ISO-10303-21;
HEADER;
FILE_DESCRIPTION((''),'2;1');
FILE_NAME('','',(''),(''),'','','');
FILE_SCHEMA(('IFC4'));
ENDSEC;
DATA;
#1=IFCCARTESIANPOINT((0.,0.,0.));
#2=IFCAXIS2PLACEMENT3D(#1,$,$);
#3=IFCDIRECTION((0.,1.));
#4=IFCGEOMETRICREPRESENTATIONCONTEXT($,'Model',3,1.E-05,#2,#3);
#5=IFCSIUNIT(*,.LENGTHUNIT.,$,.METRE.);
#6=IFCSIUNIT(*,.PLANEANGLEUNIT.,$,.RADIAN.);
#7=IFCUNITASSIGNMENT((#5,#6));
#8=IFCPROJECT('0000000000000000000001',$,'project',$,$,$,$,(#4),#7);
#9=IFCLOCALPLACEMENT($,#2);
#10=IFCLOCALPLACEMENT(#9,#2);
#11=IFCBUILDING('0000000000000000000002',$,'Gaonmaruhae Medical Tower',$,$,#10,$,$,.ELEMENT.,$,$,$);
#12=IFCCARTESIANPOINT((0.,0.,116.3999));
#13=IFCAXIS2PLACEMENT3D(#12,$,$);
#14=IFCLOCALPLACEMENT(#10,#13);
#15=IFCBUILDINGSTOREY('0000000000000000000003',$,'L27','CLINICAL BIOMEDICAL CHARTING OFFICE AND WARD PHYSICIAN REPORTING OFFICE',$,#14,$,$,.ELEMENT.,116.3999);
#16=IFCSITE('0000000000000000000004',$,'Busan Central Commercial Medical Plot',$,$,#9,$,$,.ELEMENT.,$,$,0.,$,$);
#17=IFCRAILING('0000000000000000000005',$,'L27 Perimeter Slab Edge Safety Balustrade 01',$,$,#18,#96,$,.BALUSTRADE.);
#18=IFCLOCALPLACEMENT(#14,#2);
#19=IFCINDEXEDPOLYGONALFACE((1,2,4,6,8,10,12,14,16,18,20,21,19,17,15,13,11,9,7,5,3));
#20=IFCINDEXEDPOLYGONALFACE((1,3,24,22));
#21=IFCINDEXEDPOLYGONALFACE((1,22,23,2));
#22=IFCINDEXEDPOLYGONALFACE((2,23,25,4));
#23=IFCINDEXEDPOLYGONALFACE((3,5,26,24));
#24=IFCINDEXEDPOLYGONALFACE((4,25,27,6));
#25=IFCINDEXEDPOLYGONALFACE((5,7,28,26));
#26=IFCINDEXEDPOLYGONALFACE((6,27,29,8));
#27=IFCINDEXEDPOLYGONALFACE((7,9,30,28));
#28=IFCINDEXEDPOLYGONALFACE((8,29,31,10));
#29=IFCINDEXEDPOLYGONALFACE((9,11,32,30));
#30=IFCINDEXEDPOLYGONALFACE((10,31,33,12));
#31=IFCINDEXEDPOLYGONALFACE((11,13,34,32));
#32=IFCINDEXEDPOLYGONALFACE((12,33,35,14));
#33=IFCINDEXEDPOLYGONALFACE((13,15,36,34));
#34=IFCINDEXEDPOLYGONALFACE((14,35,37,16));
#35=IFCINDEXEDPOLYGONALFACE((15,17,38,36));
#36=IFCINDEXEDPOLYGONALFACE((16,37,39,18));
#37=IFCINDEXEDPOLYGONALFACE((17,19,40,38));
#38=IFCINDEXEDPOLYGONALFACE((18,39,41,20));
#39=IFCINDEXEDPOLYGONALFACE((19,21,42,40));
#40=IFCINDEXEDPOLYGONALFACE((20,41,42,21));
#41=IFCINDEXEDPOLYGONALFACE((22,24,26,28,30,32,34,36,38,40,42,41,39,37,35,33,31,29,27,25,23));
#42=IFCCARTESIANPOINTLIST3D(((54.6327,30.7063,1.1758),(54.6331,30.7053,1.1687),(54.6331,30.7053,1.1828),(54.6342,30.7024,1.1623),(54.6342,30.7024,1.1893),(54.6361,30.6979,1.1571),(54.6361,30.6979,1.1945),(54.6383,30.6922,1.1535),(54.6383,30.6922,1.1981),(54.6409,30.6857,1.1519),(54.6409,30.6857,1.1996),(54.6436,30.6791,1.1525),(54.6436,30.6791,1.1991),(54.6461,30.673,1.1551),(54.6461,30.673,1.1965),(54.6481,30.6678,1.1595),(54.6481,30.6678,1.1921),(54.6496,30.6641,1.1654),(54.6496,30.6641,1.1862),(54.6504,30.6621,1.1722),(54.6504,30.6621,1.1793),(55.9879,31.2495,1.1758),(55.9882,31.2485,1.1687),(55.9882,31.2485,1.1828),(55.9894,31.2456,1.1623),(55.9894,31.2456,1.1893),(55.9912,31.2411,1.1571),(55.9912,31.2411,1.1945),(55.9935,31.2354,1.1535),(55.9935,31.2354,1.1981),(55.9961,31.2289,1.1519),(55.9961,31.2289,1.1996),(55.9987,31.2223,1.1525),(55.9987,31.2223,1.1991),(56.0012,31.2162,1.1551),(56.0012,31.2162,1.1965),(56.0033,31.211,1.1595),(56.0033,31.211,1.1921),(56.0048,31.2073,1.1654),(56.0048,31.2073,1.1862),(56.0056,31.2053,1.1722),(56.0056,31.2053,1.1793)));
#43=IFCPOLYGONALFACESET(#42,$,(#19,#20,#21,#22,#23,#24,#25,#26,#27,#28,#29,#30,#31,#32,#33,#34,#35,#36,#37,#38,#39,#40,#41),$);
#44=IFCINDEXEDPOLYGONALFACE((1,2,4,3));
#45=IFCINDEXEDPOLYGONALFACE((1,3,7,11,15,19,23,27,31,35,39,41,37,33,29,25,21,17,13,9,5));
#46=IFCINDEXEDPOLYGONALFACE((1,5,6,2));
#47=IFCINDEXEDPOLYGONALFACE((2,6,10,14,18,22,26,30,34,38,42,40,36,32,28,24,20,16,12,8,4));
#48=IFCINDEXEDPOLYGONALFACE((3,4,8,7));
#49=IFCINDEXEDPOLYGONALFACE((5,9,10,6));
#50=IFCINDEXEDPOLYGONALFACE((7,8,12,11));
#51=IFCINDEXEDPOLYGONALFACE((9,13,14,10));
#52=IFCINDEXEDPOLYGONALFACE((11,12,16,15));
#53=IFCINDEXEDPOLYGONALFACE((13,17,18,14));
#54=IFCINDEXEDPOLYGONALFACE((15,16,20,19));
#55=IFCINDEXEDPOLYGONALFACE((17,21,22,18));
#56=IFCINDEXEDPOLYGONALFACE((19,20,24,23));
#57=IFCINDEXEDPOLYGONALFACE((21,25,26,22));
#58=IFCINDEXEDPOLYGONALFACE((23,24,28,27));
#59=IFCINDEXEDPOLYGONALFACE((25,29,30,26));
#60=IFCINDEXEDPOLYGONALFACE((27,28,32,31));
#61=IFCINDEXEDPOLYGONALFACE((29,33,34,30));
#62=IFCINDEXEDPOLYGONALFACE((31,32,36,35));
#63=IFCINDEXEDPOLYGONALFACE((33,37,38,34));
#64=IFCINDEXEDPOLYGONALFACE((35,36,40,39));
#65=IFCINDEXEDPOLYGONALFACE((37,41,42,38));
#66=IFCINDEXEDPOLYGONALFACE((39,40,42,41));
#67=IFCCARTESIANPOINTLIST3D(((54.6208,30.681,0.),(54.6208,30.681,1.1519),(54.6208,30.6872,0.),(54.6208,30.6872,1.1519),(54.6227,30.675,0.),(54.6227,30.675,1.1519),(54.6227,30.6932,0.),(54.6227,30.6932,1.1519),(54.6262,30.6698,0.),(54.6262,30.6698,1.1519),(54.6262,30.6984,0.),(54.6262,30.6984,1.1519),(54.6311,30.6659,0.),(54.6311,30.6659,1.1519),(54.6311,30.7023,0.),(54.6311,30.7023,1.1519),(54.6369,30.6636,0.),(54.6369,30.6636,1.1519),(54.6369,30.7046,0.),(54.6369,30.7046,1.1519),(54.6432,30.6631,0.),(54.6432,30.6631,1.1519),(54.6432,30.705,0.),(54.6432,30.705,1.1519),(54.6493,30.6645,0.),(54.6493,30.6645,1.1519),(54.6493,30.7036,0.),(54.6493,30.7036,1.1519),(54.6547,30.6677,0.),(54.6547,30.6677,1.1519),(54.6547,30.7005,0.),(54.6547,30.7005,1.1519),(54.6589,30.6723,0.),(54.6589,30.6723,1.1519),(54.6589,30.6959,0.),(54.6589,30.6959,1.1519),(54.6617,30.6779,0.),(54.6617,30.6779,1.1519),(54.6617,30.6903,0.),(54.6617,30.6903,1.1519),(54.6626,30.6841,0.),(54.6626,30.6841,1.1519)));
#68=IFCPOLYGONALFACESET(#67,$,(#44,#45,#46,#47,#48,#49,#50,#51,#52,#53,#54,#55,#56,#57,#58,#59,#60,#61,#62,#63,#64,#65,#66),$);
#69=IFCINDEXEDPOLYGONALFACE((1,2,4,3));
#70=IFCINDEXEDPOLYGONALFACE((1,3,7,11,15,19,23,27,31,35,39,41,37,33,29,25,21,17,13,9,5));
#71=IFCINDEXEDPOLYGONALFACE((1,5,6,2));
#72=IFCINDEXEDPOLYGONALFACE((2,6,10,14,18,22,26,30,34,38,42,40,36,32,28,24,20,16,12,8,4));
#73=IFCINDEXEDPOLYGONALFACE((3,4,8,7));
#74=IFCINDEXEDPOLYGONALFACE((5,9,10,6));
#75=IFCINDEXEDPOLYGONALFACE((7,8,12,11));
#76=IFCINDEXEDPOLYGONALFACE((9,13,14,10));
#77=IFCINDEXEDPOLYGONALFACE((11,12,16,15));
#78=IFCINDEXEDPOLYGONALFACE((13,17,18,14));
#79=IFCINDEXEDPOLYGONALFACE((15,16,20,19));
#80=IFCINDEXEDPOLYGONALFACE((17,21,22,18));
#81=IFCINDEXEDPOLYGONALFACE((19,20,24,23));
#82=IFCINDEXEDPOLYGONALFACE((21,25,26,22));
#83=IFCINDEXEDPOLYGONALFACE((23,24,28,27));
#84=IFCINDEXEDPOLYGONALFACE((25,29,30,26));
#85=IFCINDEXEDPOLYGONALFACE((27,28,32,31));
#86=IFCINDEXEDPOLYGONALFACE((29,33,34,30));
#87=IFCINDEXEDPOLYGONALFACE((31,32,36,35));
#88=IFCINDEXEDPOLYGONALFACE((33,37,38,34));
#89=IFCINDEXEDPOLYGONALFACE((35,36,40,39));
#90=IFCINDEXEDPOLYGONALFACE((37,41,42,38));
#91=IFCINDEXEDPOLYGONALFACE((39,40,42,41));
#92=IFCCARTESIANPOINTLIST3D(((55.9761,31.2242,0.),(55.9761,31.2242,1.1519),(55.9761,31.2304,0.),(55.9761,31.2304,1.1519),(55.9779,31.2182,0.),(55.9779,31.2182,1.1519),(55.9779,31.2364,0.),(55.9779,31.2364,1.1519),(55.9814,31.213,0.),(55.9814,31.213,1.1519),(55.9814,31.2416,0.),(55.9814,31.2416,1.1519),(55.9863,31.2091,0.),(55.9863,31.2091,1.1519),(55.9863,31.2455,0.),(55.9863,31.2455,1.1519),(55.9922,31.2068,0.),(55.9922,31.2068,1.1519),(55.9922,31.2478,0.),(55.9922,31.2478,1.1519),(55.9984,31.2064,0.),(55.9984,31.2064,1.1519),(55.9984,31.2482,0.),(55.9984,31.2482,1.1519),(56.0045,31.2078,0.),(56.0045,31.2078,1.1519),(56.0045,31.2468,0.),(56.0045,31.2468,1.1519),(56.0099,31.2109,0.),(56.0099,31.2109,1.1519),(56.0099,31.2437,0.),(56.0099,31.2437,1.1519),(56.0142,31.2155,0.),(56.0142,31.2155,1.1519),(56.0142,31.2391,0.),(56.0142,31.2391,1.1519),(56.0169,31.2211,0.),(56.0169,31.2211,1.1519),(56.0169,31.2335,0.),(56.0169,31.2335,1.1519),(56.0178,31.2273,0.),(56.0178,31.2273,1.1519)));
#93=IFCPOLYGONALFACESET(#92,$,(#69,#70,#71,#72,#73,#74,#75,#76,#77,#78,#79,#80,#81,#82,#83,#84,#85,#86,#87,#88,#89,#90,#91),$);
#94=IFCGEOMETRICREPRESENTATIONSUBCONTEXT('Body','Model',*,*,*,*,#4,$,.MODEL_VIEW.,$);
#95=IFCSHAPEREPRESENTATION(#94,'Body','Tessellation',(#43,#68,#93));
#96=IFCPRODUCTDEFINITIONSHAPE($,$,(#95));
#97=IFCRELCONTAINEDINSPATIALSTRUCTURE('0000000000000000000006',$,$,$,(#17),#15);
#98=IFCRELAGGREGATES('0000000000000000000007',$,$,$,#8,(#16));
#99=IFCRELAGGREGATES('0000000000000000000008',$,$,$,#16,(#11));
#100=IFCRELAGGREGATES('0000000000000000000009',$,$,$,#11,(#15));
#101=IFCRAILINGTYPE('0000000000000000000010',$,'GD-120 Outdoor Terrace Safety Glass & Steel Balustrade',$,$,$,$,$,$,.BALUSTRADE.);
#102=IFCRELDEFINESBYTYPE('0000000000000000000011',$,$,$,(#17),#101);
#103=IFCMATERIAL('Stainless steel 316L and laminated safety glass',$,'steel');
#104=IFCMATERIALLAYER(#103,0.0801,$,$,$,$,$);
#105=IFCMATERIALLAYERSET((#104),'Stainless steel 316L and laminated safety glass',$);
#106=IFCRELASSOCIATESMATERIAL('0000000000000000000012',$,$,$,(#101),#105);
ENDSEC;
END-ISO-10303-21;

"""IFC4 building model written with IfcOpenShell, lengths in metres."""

from ifc_helpers import new_model, si_unit, direction, frame, origin, origin_2d, place, context, subcontext, project, spatial, circle, extrude, material, layer, layer_set, type_object, element, save


model = new_model("IFC4")

# Units and contexts
model_context = context("Model", 3, precision=1e-05, world=origin(), true_north=direction((0.0, 1.0)))
body_context = subcontext(model_context, "Body", "Model", "MODEL_VIEW")
ifc_project = project(units=[si_unit("LENGTHUNIT", "METRE"), si_unit("PLANEANGLEUNIT", "RADIAN")], contexts=[model_context])

# Site, building, storey
site_placement = place(None, origin())
site = spatial("IfcSite", under=ifc_project, at=site_placement, Name="Busan Central Commercial Medical Plot", CompositionType="ELEMENT", RefElevation=0.0)
building_placement = place(site_placement, origin())
building = spatial("IfcBuilding", under=site, at=building_placement, Name="Gaonmaruhae Medical Tower", CompositionType="ELEMENT")
storey_placement = place(building_placement, frame((0.0, 0.0, 116.3999)))
storey = spatial("IfcBuildingStorey", under=building, at=storey_placement, Name="L27", Description="CLINICAL BIOMEDICAL CHARTING OFFICE AND WARD PHYSICIAN REPORTING OFFICE", CompositionType="ELEMENT", Elevation=116.3999)

# Railing
ifc_material_1 = material(Name="Stainless steel 316L and laminated safety glass", Category="steel")
ifc_layer_1 = layer(ifc_material_1, 0.0801)
ifc_layer_set_1 = layer_set([ifc_layer_1], Name="Stainless steel 316L and laminated safety glass")
railing_type = type_object("IfcRailingType", Name="GD-120 Outdoor Terrace Safety Glass & Steel Balustrade", PredefinedType="BALUSTRADE", material=ifc_layer_set_1)
railing_1_placement = place(storey_placement, frame((54.6416, 30.6841, 0.0)))
element("IfcRailing", 1, at=railing_1_placement, inside=storey, type_object=railing_type, Name="L27 Perimeter Slab Edge Safety Balustrade 01", PredefinedType="BALUSTRADE", context=body_context, shape_type="SweptSolid", body=[
    extrude(circle(Radius=0.0239, at=origin_2d()), frame((0.0, 0.0, 1.1758), z_axis=(0.928211, 0.372054, 0.0), x_axis=(-0.372054, 0.928211, 0.0)), (0.0, 0.0, 1.0), 1.46),
    extrude(circle(Radius=0.021, at=origin_2d()), origin(), (0.0, 0.0, 1.0), 1.1519),
    extrude(circle(Radius=0.021, at=origin_2d()), frame((1.3552, 0.5432, 0.0)), (0.0, 0.0, 1.0), 1.1519),
])

save(model, "model.ifc")
